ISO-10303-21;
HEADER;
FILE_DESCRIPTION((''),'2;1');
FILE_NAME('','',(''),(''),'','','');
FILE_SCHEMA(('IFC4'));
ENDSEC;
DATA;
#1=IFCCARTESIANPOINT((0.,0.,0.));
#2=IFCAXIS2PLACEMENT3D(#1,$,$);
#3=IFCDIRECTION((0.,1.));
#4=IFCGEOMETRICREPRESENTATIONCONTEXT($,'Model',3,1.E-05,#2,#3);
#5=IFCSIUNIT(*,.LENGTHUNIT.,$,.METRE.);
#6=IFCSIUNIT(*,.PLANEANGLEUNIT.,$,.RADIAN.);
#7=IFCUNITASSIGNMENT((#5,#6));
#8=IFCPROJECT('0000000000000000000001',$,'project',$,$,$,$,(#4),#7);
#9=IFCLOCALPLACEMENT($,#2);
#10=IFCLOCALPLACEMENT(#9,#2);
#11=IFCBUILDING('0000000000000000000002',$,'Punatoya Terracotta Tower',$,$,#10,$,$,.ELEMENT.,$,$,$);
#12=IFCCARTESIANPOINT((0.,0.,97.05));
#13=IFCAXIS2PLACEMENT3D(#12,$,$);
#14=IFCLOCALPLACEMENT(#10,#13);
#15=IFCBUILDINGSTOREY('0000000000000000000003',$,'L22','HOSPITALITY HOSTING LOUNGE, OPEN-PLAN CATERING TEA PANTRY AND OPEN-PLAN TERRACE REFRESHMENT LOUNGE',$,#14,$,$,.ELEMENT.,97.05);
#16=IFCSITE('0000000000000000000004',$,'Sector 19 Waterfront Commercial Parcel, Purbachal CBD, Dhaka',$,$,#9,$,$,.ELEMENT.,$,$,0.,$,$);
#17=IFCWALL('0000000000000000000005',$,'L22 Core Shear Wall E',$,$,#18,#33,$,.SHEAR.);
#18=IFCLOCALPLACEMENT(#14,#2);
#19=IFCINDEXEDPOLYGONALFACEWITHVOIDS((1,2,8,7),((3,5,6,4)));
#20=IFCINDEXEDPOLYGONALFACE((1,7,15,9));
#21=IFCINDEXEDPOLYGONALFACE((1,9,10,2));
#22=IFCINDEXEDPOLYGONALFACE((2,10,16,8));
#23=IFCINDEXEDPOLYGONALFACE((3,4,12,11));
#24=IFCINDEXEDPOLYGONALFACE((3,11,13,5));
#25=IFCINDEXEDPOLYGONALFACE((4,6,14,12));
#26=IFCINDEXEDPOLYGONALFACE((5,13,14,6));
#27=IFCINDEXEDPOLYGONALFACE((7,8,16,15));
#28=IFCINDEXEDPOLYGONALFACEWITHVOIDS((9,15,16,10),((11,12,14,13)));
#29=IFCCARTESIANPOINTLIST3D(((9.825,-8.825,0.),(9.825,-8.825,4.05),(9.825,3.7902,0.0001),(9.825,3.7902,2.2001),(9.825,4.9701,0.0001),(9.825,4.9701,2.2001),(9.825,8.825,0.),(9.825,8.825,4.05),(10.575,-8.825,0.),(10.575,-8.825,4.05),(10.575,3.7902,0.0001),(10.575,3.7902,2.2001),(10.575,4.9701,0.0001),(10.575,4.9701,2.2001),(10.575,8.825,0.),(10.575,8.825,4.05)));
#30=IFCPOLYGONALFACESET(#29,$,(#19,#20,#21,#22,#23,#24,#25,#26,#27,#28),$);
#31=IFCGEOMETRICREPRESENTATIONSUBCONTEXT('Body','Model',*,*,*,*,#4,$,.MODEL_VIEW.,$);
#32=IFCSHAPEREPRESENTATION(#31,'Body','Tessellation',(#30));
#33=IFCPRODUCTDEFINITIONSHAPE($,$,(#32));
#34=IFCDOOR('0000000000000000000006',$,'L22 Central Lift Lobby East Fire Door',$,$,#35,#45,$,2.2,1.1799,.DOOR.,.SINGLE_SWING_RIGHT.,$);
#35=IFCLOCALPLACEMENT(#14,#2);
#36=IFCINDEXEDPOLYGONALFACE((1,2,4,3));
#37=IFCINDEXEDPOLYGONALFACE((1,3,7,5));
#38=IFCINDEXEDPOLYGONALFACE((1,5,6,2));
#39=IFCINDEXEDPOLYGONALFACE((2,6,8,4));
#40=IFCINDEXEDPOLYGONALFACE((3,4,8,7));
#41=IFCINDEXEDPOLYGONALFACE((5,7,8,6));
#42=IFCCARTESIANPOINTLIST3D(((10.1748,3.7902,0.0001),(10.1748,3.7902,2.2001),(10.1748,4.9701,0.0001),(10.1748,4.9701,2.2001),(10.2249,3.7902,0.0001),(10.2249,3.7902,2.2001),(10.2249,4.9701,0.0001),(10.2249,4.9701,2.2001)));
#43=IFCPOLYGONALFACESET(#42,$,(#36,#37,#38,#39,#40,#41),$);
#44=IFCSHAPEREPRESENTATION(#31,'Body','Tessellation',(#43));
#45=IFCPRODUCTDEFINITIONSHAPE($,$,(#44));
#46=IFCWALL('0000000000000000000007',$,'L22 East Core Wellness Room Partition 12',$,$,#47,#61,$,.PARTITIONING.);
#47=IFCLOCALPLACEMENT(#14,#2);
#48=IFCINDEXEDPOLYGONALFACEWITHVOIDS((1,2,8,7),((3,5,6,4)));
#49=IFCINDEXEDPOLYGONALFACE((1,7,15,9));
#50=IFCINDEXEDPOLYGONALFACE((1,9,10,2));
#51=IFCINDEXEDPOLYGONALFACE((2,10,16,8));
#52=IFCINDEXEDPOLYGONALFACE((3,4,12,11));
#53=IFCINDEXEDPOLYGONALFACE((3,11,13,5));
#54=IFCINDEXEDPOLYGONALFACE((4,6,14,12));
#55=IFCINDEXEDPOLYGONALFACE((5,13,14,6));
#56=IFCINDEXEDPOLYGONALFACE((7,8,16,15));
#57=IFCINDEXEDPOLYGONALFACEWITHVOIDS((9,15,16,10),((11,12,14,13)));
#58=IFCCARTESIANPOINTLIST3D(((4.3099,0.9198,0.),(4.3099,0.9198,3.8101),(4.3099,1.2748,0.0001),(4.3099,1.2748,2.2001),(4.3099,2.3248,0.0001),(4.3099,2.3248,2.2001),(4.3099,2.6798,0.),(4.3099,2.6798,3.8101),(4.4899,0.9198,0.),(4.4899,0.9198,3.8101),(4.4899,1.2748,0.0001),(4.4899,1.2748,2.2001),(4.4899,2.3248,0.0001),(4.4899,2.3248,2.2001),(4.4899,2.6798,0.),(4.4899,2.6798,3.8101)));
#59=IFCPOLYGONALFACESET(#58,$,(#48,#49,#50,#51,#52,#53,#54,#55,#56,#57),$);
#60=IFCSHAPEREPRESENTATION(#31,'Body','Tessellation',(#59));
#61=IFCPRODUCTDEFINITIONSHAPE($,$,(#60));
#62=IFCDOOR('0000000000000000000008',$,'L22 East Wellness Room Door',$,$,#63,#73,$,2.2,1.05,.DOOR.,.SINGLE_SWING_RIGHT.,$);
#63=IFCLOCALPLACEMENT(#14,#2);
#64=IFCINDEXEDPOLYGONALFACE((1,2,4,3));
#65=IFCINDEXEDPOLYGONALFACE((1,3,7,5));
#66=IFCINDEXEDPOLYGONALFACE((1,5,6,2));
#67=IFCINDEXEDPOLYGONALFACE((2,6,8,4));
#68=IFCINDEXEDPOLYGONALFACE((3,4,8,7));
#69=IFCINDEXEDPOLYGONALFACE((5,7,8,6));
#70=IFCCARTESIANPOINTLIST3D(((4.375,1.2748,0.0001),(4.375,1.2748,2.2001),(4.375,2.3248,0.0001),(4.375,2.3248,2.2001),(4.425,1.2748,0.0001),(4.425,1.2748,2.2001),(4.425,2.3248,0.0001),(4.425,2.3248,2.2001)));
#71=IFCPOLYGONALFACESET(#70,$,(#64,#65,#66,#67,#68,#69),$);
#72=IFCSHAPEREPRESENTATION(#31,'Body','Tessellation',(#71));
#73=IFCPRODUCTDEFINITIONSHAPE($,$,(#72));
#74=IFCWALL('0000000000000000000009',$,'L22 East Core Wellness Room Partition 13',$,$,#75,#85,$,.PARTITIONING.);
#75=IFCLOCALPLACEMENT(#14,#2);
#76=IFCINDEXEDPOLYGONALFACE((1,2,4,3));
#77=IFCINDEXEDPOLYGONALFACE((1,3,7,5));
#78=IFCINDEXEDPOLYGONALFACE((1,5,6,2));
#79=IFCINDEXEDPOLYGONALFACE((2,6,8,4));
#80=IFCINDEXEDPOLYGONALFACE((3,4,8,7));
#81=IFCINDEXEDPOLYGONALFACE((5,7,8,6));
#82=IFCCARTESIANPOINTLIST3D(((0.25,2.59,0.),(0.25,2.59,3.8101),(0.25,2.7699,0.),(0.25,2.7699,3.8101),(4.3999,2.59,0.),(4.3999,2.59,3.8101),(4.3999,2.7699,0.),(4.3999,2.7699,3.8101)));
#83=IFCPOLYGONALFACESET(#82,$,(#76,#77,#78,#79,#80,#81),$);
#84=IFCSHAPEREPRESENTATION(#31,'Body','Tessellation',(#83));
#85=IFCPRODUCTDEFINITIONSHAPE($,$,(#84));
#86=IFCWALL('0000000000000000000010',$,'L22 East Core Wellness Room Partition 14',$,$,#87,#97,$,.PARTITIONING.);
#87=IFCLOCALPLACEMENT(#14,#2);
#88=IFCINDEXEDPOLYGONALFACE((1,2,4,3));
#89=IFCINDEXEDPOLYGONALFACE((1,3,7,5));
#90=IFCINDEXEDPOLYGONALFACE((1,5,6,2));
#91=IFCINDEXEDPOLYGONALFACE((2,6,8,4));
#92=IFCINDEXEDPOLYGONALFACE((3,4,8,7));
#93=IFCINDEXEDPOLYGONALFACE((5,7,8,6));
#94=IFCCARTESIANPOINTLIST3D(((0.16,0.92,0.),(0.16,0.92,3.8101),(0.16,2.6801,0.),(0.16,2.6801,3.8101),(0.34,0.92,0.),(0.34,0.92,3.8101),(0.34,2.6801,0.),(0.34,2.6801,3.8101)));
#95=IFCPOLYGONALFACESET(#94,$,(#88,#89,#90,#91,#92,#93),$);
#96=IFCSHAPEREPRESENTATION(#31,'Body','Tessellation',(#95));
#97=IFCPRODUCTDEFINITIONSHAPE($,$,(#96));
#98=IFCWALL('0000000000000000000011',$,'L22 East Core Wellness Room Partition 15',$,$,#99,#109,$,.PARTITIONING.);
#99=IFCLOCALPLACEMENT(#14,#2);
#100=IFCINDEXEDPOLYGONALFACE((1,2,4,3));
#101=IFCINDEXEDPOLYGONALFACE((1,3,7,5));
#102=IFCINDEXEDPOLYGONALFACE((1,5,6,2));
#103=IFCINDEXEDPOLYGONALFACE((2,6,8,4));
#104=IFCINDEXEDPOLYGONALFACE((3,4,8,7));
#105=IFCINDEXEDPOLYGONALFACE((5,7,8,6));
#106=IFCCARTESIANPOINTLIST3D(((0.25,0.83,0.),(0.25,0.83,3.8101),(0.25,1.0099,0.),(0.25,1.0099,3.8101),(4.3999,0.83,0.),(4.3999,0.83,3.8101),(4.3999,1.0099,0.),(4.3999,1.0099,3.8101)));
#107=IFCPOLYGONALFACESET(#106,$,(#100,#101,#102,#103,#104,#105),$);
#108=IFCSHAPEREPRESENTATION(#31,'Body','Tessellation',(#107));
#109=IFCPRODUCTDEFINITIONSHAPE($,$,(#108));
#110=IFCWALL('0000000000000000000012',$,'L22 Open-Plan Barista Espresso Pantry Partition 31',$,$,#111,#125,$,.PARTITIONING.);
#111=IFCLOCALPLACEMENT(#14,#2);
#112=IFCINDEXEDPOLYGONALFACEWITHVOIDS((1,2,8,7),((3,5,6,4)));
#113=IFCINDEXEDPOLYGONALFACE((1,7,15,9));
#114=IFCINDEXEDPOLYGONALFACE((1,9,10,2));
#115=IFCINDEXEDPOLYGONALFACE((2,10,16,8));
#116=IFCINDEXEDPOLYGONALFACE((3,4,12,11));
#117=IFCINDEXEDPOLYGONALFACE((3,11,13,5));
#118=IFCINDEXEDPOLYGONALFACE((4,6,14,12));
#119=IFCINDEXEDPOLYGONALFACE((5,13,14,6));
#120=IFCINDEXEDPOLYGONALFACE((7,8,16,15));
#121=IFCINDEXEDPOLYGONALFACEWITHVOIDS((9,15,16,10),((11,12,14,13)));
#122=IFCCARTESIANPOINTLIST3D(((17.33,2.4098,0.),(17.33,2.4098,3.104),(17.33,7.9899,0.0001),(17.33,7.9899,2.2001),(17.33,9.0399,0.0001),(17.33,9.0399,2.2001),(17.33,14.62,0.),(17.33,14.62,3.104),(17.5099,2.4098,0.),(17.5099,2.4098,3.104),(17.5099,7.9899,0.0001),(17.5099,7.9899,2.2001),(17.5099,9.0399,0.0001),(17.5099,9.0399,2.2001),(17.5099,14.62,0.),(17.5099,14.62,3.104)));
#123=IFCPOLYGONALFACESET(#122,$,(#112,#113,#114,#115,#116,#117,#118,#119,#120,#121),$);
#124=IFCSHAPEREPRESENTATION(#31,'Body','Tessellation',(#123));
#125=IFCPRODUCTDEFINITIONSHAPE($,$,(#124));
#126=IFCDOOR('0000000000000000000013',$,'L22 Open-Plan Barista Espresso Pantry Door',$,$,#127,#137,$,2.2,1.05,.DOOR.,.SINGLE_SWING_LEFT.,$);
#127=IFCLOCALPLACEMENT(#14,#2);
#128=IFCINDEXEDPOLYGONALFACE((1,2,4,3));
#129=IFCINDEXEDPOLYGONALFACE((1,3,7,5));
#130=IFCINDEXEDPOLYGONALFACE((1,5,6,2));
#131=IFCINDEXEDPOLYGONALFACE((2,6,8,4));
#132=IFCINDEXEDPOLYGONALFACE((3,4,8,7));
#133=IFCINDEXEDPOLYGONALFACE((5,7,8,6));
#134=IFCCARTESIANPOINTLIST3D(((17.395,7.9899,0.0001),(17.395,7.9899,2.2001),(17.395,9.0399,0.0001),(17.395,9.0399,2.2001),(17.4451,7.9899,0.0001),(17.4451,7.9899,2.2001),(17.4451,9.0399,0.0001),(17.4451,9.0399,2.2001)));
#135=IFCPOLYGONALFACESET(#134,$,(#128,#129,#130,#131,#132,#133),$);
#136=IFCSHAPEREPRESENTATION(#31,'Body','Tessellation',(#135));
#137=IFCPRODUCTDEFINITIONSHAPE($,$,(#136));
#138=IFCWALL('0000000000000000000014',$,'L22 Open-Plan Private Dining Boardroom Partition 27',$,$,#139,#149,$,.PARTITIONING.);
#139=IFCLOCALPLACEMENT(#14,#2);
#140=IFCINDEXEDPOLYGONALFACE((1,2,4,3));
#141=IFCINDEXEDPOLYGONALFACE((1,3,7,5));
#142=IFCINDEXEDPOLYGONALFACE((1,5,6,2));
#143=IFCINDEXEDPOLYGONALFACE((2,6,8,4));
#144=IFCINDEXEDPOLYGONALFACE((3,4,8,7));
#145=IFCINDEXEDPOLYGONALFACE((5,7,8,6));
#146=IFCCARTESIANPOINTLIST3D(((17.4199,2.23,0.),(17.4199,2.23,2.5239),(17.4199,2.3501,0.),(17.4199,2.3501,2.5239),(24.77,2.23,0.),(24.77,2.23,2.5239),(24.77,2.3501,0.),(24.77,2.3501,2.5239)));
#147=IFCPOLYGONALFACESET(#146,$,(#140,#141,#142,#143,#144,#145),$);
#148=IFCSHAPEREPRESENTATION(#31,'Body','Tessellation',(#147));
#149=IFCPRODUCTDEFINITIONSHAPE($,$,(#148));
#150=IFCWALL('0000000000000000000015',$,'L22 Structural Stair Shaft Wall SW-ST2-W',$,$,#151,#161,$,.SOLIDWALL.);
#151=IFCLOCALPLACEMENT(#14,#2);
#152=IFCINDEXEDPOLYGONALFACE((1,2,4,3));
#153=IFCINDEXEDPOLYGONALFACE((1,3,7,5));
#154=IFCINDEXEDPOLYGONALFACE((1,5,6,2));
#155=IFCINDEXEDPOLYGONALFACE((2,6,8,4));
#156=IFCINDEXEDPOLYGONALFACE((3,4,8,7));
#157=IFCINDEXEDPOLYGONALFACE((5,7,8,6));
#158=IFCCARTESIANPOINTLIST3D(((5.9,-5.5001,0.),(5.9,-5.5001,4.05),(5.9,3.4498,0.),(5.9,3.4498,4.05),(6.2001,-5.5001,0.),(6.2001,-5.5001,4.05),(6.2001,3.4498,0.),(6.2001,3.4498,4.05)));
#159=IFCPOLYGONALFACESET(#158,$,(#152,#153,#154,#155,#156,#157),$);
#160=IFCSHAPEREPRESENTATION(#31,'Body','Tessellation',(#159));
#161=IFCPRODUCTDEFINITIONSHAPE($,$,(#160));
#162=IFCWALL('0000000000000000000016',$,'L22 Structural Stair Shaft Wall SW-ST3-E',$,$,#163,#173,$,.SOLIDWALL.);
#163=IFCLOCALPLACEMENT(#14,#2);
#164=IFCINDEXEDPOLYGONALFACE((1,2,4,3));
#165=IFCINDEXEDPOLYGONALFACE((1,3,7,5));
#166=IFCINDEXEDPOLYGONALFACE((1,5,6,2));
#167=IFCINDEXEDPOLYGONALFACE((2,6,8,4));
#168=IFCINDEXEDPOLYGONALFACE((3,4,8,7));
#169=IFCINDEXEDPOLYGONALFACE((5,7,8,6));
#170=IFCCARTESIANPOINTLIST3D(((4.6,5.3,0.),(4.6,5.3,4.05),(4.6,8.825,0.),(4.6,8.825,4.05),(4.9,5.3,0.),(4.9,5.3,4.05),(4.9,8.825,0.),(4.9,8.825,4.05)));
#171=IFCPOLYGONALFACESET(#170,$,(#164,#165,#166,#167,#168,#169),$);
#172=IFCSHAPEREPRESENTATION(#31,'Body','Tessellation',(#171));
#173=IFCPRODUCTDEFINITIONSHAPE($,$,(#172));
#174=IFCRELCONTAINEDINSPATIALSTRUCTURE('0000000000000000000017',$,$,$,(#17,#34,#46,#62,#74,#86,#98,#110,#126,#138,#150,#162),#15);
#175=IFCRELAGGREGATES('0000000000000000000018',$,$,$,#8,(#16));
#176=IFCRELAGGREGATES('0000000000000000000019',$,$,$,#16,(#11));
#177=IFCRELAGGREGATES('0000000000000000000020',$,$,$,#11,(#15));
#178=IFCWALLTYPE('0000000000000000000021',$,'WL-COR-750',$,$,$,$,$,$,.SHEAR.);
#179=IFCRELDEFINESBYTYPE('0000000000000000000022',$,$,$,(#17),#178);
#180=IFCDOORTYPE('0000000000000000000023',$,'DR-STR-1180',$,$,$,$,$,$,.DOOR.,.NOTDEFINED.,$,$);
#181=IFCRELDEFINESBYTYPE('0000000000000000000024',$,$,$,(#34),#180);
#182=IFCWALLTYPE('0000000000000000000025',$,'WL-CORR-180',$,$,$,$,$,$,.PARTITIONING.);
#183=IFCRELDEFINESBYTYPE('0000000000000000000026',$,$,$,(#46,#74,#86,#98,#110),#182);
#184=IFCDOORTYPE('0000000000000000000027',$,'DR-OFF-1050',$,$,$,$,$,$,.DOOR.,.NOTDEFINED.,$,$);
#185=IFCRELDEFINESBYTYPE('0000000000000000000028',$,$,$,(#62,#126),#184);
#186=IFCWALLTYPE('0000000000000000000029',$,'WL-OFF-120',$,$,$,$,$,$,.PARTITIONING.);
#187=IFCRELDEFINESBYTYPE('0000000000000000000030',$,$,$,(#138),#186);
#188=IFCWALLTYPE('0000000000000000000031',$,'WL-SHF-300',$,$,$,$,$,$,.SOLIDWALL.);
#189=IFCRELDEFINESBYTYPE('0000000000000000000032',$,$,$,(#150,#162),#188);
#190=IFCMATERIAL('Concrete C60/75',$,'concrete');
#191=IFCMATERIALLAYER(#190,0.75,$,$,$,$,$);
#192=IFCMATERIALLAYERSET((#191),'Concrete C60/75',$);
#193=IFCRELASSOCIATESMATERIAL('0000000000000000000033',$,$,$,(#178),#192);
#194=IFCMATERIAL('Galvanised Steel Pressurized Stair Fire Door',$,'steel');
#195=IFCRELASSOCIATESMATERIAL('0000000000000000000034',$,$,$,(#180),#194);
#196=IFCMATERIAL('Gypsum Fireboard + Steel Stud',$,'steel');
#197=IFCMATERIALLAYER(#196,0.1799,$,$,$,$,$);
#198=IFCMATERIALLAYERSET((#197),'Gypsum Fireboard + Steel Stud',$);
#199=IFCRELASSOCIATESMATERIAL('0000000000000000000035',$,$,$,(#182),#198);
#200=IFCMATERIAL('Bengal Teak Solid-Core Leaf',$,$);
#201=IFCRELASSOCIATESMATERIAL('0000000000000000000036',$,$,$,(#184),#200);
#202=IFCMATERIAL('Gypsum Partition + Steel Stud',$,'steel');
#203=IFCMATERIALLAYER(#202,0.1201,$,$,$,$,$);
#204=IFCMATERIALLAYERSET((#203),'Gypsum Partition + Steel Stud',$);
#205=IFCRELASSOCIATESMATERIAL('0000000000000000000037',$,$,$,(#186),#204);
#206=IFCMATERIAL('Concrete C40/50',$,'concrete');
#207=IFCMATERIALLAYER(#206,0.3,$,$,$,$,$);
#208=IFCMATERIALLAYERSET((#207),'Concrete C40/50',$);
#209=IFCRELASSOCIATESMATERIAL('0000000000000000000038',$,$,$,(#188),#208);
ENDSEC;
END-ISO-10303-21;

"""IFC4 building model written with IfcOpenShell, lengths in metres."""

from ifc_helpers import new_model, si_unit, direction, frame, frame_2d, origin, place, context, subcontext, project, spatial, rectangle, extrude, material, layer, layer_set, type_object, element, fill, save


model = new_model("IFC4")

# Units and contexts
model_context = context("Model", 3, precision=1e-05, world=origin(), true_north=direction((0.0, 1.0)))
body_context = subcontext(model_context, "Body", "Model", "MODEL_VIEW")
ifc_project = project(units=[si_unit("LENGTHUNIT", "METRE"), si_unit("PLANEANGLEUNIT", "RADIAN")], contexts=[model_context])

# Site, building, storey
site_placement = place(None, origin())
site = spatial("IfcSite", under=ifc_project, at=site_placement, Name="Sector 19 Waterfront Commercial Parcel, Purbachal CBD, Dhaka", CompositionType="ELEMENT", RefElevation=0.0)
building_placement = place(site_placement, origin())
building = spatial("IfcBuilding", under=site, at=building_placement, Name="Punatoya Terracotta Tower", CompositionType="ELEMENT")
storey_placement = place(building_placement, frame((0.0, 0.0, 97.05)))
storey = spatial("IfcBuildingStorey", under=building, at=storey_placement, Name="L22", Description="HOSPITALITY HOSTING LOUNGE, OPEN-PLAN CATERING TEA PANTRY AND OPEN-PLAN TERRACE REFRESHMENT LOUNGE", CompositionType="ELEMENT", Elevation=97.05)

# Walls, openings, doors
ifc_material_1 = material(Name="Concrete C60/75", Category="concrete")
ifc_layer_1 = layer(ifc_material_1, 0.75)
ifc_layer_set_1 = layer_set([ifc_layer_1], Name="Concrete C60/75")
wall_type_1 = type_object("IfcWallType", Name="WL-COR-750", PredefinedType="SHEAR", material=ifc_layer_set_1)
wall_1_placement = place(storey_placement, frame((10.2, 8.825, 0.0), z_axis=(0.0, 0.0, 1.0), x_axis=(0.0, -1.0, 0.0)))
wall_1 = element("IfcWall", 1, at=wall_1_placement, inside=storey, type_object=wall_type_1, Name="L22 Core Shear Wall E", PredefinedType="SHEAR", context=body_context, shape_type="SweptSolid", body=[
    extrude(rectangle(XDim=17.6499, YDim=0.75, at=frame_2d((8.825, 0.0))), origin(), (0.0, 0.0, 1.0), 4.05),
])
opening_1_placement = place(wall_1_placement, frame((3.855, 0.0, 0.0)))
opening_1 = element("IfcOpeningElement", 2, at=opening_1_placement, cuts=wall_1, PredefinedType="OPENING", context=body_context, shape_type="SweptSolid", body=[
    extrude(rectangle(XDim=1.1799, YDim=2.2, at=frame_2d((0.5898, 1.1001))), frame((0.0, 0.385, 0.0), z_axis=(0.0, -1.0, 0.0), x_axis=(1.0, 0.0, 0.0)), (0.0, 0.0, 1.0), 0.77),
])
ifc_material_2 = material(Name="Galvanised Steel Pressurized Stair Fire Door", Category="steel")
door_type_1 = type_object("IfcDoorType", Name="DR-STR-1180", OperationType="NOTDEFINED", PredefinedType="DOOR", material=ifc_material_2)
door_1_placement = place(opening_1_placement, origin())
door_1 = element("IfcDoor", 3, at=door_1_placement, inside=storey, type_object=door_type_1, Name="L22 Central Lift Lobby East Fire Door", OperationType="SINGLE_SWING_RIGHT", OverallHeight=2.2, OverallWidth=1.1799, PredefinedType="DOOR", context=body_context, shape_type="SweptSolid", body=[
    extrude(rectangle(XDim=1.1799, YDim=2.2, at=frame_2d((0.5898, 1.1001))), frame((0.0, 0.0249, 0.0), z_axis=(0.0, -1.0, 0.0), x_axis=(1.0, 0.0, 0.0)), (0.0, 0.0, 1.0), 0.05),
])
fill(opening_1, door_1)
ifc_material_3 = material(Name="Gypsum Fireboard + Steel Stud", Category="steel")
ifc_layer_2 = layer(ifc_material_3, 0.1799)
ifc_layer_set_2 = layer_set([ifc_layer_2], Name="Gypsum Fireboard + Steel Stud")
wall_type_2 = type_object("IfcWallType", Name="WL-CORR-180", PredefinedType="PARTITIONING", material=ifc_layer_set_2)
wall_2_placement = place(storey_placement, frame((4.3999, 0.9199, 0.0), z_axis=(0.0, 0.0, 1.0), x_axis=(0.0, 1.0, 0.0)))
wall_2 = element("IfcWall", 4, at=wall_2_placement, inside=storey, type_object=wall_type_2, Name="L22 East Core Wellness Room Partition 12", PredefinedType="PARTITIONING", context=body_context, shape_type="SweptSolid", body=[
    extrude(rectangle(XDim=1.76, YDim=0.1799, at=frame_2d((0.8799, 0.0))), origin(), (0.0, 0.0, 1.0), 3.8101),
])
opening_2_placement = place(wall_2_placement, frame((0.355, 0.0, 0.0)))
opening_2 = element("IfcOpeningElement", 5, at=opening_2_placement, cuts=wall_2, PredefinedType="OPENING", context=body_context, shape_type="SweptSolid", body=[
    extrude(rectangle(XDim=1.05, YDim=2.2, at=frame_2d((0.5249, 1.1001))), frame((0.0, 0.0999, 0.0), z_axis=(0.0, -1.0, 0.0), x_axis=(1.0, 0.0, 0.0)), (0.0, 0.0, 1.0), 0.2),
])
ifc_material_4 = material(Name="Bengal Teak Solid-Core Leaf")
door_type_2 = type_object("IfcDoorType", Name="DR-OFF-1050", OperationType="NOTDEFINED", PredefinedType="DOOR", material=ifc_material_4)
door_2_placement = place(opening_2_placement, origin())
door_2 = element("IfcDoor", 6, at=door_2_placement, inside=storey, type_object=door_type_2, Name="L22 East Wellness Room Door", OperationType="SINGLE_SWING_RIGHT", OverallHeight=2.2, OverallWidth=1.05, PredefinedType="DOOR", context=body_context, shape_type="SweptSolid", body=[
    extrude(rectangle(XDim=1.05, YDim=2.2, at=frame_2d((0.5249, 1.1001))), frame((0.0, 0.0249, 0.0), z_axis=(0.0, -1.0, 0.0), x_axis=(1.0, 0.0, 0.0)), (0.0, 0.0, 1.0), 0.05),
])
fill(opening_2, door_2)

# Walls
wall_3_placement = place(storey_placement, frame((4.3999, 2.6799, 0.0), z_axis=(0.0, 0.0, 1.0), x_axis=(-1.0, 0.0, 0.0)))
element("IfcWall", 7, at=wall_3_placement, inside=storey, type_object=wall_type_2, Name="L22 East Core Wellness Room Partition 13", PredefinedType="PARTITIONING", context=body_context, shape_type="SweptSolid", body=[
    extrude(rectangle(XDim=4.1499, YDim=0.1799, at=frame_2d((2.075, 0.0))), origin(), (0.0, 0.0, 1.0), 3.8101),
])
wall_4_placement = place(storey_placement, frame((0.25, 2.6799, 0.0), z_axis=(0.0, 0.0, 1.0), x_axis=(0.0, -1.0, 0.0)))
element("IfcWall", 8, at=wall_4_placement, inside=storey, type_object=wall_type_2, Name="L22 East Core Wellness Room Partition 14", PredefinedType="PARTITIONING", context=body_context, shape_type="SweptSolid", body=[
    extrude(rectangle(XDim=1.76, YDim=0.1799, at=frame_2d((0.8799, 0.0))), origin(), (0.0, 0.0, 1.0), 3.8101),
])
wall_5_placement = place(storey_placement, frame((0.25, 0.9199, 0.0), z_axis=(0.0, 0.0, 1.0), x_axis=(1.0, 0.0, 0.0)))
element("IfcWall", 9, at=wall_5_placement, inside=storey, type_object=wall_type_2, Name="L22 East Core Wellness Room Partition 15", PredefinedType="PARTITIONING", context=body_context, shape_type="SweptSolid", body=[
    extrude(rectangle(XDim=4.1499, YDim=0.1799, at=frame_2d((2.075, 0.0))), origin(), (0.0, 0.0, 1.0), 3.8101),
])

# Wall, opening, door
wall_6_placement = place(storey_placement, frame((17.4199, 2.4099, 0.0), z_axis=(0.0, 0.0, 1.0), x_axis=(0.0, 1.0, 0.0)))
wall_6 = element("IfcWall", 10, at=wall_6_placement, inside=storey, type_object=wall_type_2, Name="L22 Open-Plan Barista Espresso Pantry Partition 31", PredefinedType="PARTITIONING", context=body_context, shape_type="SweptSolid", body=[
    extrude(rectangle(XDim=12.2102, YDim=0.1799, at=frame_2d((6.105, 0.0))), origin(), (0.0, 0.0, 1.0), 3.104),
])
opening_3_placement = place(wall_6_placement, frame((5.5801, 0.0, 0.0)))
opening_3 = element("IfcOpeningElement", 11, at=opening_3_placement, cuts=wall_6, PredefinedType="OPENING", context=body_context, shape_type="SweptSolid", body=[
    extrude(rectangle(XDim=1.05, YDim=2.2, at=frame_2d((0.5249, 1.1001))), frame((0.0, 0.0999, 0.0), z_axis=(0.0, -1.0, 0.0), x_axis=(1.0, 0.0, 0.0)), (0.0, 0.0, 1.0), 0.2),
])
door_3_placement = place(opening_3_placement, origin())
door_3 = element("IfcDoor", 12, at=door_3_placement, inside=storey, type_object=door_type_2, Name="L22 Open-Plan Barista Espresso Pantry Door", OperationType="SINGLE_SWING_LEFT", OverallHeight=2.2, OverallWidth=1.05, PredefinedType="DOOR", context=body_context, shape_type="SweptSolid", body=[
    extrude(rectangle(XDim=1.05, YDim=2.2, at=frame_2d((0.5249, 1.1001))), frame((0.0, 0.0249, 0.0), z_axis=(0.0, -1.0, 0.0), x_axis=(1.0, 0.0, 0.0)), (0.0, 0.0, 1.0), 0.05),
])
fill(opening_3, door_3)

# Walls
ifc_material_5 = material(Name="Gypsum Partition + Steel Stud", Category="steel")
ifc_layer_3 = layer(ifc_material_5, 0.1201)
ifc_layer_set_3 = layer_set([ifc_layer_3], Name="Gypsum Partition + Steel Stud")
wall_type_3 = type_object("IfcWallType", Name="WL-OFF-120", PredefinedType="PARTITIONING", material=ifc_layer_set_3)
wall_7_placement = place(storey_placement, frame((17.4199, 2.29, 0.0), z_axis=(0.0, 0.0, 1.0), x_axis=(1.0, 0.0, 0.0)))
element("IfcWall", 13, at=wall_7_placement, inside=storey, type_object=wall_type_3, Name="L22 Open-Plan Private Dining Boardroom Partition 27", PredefinedType="PARTITIONING", context=body_context, shape_type="SweptSolid", body=[
    extrude(rectangle(XDim=7.3501, YDim=0.1201, at=frame_2d((3.675, 0.0))), origin(), (0.0, 0.0, 1.0), 2.5239),
])
ifc_material_6 = material(Name="Concrete C40/50", Category="concrete")
ifc_layer_4 = layer(ifc_material_6, 0.3)
ifc_layer_set_4 = layer_set([ifc_layer_4], Name="Concrete C40/50")
wall_type_4 = type_object("IfcWallType", Name="WL-SHF-300", PredefinedType="SOLIDWALL", material=ifc_layer_set_4)
wall_8_placement = place(storey_placement, frame((6.05, 3.45, 0.0), z_axis=(0.0, 0.0, 1.0), x_axis=(0.0, -1.0, 0.0)))
element("IfcWall", 14, at=wall_8_placement, inside=storey, type_object=wall_type_4, Name="L22 Structural Stair Shaft Wall SW-ST2-W", PredefinedType="SOLIDWALL", context=body_context, shape_type="SweptSolid", body=[
    extrude(rectangle(XDim=8.95, YDim=0.3, at=frame_2d((4.4751, 0.0))), origin(), (0.0, 0.0, 1.0), 4.05),
])
wall_9_placement = place(storey_placement, frame((4.75, 8.825, 0.0), z_axis=(0.0, 0.0, 1.0), x_axis=(0.0, -1.0, 0.0)))
element("IfcWall", 15, at=wall_9_placement, inside=storey, type_object=wall_type_4, Name="L22 Structural Stair Shaft Wall SW-ST3-E", PredefinedType="SOLIDWALL", context=body_context, shape_type="SweptSolid", body=[
    extrude(rectangle(XDim=3.5249, YDim=0.3, at=frame_2d((1.7625, 0.0))), origin(), (0.0, 0.0, 1.0), 4.05),
])

save(model, "model.ifc")
